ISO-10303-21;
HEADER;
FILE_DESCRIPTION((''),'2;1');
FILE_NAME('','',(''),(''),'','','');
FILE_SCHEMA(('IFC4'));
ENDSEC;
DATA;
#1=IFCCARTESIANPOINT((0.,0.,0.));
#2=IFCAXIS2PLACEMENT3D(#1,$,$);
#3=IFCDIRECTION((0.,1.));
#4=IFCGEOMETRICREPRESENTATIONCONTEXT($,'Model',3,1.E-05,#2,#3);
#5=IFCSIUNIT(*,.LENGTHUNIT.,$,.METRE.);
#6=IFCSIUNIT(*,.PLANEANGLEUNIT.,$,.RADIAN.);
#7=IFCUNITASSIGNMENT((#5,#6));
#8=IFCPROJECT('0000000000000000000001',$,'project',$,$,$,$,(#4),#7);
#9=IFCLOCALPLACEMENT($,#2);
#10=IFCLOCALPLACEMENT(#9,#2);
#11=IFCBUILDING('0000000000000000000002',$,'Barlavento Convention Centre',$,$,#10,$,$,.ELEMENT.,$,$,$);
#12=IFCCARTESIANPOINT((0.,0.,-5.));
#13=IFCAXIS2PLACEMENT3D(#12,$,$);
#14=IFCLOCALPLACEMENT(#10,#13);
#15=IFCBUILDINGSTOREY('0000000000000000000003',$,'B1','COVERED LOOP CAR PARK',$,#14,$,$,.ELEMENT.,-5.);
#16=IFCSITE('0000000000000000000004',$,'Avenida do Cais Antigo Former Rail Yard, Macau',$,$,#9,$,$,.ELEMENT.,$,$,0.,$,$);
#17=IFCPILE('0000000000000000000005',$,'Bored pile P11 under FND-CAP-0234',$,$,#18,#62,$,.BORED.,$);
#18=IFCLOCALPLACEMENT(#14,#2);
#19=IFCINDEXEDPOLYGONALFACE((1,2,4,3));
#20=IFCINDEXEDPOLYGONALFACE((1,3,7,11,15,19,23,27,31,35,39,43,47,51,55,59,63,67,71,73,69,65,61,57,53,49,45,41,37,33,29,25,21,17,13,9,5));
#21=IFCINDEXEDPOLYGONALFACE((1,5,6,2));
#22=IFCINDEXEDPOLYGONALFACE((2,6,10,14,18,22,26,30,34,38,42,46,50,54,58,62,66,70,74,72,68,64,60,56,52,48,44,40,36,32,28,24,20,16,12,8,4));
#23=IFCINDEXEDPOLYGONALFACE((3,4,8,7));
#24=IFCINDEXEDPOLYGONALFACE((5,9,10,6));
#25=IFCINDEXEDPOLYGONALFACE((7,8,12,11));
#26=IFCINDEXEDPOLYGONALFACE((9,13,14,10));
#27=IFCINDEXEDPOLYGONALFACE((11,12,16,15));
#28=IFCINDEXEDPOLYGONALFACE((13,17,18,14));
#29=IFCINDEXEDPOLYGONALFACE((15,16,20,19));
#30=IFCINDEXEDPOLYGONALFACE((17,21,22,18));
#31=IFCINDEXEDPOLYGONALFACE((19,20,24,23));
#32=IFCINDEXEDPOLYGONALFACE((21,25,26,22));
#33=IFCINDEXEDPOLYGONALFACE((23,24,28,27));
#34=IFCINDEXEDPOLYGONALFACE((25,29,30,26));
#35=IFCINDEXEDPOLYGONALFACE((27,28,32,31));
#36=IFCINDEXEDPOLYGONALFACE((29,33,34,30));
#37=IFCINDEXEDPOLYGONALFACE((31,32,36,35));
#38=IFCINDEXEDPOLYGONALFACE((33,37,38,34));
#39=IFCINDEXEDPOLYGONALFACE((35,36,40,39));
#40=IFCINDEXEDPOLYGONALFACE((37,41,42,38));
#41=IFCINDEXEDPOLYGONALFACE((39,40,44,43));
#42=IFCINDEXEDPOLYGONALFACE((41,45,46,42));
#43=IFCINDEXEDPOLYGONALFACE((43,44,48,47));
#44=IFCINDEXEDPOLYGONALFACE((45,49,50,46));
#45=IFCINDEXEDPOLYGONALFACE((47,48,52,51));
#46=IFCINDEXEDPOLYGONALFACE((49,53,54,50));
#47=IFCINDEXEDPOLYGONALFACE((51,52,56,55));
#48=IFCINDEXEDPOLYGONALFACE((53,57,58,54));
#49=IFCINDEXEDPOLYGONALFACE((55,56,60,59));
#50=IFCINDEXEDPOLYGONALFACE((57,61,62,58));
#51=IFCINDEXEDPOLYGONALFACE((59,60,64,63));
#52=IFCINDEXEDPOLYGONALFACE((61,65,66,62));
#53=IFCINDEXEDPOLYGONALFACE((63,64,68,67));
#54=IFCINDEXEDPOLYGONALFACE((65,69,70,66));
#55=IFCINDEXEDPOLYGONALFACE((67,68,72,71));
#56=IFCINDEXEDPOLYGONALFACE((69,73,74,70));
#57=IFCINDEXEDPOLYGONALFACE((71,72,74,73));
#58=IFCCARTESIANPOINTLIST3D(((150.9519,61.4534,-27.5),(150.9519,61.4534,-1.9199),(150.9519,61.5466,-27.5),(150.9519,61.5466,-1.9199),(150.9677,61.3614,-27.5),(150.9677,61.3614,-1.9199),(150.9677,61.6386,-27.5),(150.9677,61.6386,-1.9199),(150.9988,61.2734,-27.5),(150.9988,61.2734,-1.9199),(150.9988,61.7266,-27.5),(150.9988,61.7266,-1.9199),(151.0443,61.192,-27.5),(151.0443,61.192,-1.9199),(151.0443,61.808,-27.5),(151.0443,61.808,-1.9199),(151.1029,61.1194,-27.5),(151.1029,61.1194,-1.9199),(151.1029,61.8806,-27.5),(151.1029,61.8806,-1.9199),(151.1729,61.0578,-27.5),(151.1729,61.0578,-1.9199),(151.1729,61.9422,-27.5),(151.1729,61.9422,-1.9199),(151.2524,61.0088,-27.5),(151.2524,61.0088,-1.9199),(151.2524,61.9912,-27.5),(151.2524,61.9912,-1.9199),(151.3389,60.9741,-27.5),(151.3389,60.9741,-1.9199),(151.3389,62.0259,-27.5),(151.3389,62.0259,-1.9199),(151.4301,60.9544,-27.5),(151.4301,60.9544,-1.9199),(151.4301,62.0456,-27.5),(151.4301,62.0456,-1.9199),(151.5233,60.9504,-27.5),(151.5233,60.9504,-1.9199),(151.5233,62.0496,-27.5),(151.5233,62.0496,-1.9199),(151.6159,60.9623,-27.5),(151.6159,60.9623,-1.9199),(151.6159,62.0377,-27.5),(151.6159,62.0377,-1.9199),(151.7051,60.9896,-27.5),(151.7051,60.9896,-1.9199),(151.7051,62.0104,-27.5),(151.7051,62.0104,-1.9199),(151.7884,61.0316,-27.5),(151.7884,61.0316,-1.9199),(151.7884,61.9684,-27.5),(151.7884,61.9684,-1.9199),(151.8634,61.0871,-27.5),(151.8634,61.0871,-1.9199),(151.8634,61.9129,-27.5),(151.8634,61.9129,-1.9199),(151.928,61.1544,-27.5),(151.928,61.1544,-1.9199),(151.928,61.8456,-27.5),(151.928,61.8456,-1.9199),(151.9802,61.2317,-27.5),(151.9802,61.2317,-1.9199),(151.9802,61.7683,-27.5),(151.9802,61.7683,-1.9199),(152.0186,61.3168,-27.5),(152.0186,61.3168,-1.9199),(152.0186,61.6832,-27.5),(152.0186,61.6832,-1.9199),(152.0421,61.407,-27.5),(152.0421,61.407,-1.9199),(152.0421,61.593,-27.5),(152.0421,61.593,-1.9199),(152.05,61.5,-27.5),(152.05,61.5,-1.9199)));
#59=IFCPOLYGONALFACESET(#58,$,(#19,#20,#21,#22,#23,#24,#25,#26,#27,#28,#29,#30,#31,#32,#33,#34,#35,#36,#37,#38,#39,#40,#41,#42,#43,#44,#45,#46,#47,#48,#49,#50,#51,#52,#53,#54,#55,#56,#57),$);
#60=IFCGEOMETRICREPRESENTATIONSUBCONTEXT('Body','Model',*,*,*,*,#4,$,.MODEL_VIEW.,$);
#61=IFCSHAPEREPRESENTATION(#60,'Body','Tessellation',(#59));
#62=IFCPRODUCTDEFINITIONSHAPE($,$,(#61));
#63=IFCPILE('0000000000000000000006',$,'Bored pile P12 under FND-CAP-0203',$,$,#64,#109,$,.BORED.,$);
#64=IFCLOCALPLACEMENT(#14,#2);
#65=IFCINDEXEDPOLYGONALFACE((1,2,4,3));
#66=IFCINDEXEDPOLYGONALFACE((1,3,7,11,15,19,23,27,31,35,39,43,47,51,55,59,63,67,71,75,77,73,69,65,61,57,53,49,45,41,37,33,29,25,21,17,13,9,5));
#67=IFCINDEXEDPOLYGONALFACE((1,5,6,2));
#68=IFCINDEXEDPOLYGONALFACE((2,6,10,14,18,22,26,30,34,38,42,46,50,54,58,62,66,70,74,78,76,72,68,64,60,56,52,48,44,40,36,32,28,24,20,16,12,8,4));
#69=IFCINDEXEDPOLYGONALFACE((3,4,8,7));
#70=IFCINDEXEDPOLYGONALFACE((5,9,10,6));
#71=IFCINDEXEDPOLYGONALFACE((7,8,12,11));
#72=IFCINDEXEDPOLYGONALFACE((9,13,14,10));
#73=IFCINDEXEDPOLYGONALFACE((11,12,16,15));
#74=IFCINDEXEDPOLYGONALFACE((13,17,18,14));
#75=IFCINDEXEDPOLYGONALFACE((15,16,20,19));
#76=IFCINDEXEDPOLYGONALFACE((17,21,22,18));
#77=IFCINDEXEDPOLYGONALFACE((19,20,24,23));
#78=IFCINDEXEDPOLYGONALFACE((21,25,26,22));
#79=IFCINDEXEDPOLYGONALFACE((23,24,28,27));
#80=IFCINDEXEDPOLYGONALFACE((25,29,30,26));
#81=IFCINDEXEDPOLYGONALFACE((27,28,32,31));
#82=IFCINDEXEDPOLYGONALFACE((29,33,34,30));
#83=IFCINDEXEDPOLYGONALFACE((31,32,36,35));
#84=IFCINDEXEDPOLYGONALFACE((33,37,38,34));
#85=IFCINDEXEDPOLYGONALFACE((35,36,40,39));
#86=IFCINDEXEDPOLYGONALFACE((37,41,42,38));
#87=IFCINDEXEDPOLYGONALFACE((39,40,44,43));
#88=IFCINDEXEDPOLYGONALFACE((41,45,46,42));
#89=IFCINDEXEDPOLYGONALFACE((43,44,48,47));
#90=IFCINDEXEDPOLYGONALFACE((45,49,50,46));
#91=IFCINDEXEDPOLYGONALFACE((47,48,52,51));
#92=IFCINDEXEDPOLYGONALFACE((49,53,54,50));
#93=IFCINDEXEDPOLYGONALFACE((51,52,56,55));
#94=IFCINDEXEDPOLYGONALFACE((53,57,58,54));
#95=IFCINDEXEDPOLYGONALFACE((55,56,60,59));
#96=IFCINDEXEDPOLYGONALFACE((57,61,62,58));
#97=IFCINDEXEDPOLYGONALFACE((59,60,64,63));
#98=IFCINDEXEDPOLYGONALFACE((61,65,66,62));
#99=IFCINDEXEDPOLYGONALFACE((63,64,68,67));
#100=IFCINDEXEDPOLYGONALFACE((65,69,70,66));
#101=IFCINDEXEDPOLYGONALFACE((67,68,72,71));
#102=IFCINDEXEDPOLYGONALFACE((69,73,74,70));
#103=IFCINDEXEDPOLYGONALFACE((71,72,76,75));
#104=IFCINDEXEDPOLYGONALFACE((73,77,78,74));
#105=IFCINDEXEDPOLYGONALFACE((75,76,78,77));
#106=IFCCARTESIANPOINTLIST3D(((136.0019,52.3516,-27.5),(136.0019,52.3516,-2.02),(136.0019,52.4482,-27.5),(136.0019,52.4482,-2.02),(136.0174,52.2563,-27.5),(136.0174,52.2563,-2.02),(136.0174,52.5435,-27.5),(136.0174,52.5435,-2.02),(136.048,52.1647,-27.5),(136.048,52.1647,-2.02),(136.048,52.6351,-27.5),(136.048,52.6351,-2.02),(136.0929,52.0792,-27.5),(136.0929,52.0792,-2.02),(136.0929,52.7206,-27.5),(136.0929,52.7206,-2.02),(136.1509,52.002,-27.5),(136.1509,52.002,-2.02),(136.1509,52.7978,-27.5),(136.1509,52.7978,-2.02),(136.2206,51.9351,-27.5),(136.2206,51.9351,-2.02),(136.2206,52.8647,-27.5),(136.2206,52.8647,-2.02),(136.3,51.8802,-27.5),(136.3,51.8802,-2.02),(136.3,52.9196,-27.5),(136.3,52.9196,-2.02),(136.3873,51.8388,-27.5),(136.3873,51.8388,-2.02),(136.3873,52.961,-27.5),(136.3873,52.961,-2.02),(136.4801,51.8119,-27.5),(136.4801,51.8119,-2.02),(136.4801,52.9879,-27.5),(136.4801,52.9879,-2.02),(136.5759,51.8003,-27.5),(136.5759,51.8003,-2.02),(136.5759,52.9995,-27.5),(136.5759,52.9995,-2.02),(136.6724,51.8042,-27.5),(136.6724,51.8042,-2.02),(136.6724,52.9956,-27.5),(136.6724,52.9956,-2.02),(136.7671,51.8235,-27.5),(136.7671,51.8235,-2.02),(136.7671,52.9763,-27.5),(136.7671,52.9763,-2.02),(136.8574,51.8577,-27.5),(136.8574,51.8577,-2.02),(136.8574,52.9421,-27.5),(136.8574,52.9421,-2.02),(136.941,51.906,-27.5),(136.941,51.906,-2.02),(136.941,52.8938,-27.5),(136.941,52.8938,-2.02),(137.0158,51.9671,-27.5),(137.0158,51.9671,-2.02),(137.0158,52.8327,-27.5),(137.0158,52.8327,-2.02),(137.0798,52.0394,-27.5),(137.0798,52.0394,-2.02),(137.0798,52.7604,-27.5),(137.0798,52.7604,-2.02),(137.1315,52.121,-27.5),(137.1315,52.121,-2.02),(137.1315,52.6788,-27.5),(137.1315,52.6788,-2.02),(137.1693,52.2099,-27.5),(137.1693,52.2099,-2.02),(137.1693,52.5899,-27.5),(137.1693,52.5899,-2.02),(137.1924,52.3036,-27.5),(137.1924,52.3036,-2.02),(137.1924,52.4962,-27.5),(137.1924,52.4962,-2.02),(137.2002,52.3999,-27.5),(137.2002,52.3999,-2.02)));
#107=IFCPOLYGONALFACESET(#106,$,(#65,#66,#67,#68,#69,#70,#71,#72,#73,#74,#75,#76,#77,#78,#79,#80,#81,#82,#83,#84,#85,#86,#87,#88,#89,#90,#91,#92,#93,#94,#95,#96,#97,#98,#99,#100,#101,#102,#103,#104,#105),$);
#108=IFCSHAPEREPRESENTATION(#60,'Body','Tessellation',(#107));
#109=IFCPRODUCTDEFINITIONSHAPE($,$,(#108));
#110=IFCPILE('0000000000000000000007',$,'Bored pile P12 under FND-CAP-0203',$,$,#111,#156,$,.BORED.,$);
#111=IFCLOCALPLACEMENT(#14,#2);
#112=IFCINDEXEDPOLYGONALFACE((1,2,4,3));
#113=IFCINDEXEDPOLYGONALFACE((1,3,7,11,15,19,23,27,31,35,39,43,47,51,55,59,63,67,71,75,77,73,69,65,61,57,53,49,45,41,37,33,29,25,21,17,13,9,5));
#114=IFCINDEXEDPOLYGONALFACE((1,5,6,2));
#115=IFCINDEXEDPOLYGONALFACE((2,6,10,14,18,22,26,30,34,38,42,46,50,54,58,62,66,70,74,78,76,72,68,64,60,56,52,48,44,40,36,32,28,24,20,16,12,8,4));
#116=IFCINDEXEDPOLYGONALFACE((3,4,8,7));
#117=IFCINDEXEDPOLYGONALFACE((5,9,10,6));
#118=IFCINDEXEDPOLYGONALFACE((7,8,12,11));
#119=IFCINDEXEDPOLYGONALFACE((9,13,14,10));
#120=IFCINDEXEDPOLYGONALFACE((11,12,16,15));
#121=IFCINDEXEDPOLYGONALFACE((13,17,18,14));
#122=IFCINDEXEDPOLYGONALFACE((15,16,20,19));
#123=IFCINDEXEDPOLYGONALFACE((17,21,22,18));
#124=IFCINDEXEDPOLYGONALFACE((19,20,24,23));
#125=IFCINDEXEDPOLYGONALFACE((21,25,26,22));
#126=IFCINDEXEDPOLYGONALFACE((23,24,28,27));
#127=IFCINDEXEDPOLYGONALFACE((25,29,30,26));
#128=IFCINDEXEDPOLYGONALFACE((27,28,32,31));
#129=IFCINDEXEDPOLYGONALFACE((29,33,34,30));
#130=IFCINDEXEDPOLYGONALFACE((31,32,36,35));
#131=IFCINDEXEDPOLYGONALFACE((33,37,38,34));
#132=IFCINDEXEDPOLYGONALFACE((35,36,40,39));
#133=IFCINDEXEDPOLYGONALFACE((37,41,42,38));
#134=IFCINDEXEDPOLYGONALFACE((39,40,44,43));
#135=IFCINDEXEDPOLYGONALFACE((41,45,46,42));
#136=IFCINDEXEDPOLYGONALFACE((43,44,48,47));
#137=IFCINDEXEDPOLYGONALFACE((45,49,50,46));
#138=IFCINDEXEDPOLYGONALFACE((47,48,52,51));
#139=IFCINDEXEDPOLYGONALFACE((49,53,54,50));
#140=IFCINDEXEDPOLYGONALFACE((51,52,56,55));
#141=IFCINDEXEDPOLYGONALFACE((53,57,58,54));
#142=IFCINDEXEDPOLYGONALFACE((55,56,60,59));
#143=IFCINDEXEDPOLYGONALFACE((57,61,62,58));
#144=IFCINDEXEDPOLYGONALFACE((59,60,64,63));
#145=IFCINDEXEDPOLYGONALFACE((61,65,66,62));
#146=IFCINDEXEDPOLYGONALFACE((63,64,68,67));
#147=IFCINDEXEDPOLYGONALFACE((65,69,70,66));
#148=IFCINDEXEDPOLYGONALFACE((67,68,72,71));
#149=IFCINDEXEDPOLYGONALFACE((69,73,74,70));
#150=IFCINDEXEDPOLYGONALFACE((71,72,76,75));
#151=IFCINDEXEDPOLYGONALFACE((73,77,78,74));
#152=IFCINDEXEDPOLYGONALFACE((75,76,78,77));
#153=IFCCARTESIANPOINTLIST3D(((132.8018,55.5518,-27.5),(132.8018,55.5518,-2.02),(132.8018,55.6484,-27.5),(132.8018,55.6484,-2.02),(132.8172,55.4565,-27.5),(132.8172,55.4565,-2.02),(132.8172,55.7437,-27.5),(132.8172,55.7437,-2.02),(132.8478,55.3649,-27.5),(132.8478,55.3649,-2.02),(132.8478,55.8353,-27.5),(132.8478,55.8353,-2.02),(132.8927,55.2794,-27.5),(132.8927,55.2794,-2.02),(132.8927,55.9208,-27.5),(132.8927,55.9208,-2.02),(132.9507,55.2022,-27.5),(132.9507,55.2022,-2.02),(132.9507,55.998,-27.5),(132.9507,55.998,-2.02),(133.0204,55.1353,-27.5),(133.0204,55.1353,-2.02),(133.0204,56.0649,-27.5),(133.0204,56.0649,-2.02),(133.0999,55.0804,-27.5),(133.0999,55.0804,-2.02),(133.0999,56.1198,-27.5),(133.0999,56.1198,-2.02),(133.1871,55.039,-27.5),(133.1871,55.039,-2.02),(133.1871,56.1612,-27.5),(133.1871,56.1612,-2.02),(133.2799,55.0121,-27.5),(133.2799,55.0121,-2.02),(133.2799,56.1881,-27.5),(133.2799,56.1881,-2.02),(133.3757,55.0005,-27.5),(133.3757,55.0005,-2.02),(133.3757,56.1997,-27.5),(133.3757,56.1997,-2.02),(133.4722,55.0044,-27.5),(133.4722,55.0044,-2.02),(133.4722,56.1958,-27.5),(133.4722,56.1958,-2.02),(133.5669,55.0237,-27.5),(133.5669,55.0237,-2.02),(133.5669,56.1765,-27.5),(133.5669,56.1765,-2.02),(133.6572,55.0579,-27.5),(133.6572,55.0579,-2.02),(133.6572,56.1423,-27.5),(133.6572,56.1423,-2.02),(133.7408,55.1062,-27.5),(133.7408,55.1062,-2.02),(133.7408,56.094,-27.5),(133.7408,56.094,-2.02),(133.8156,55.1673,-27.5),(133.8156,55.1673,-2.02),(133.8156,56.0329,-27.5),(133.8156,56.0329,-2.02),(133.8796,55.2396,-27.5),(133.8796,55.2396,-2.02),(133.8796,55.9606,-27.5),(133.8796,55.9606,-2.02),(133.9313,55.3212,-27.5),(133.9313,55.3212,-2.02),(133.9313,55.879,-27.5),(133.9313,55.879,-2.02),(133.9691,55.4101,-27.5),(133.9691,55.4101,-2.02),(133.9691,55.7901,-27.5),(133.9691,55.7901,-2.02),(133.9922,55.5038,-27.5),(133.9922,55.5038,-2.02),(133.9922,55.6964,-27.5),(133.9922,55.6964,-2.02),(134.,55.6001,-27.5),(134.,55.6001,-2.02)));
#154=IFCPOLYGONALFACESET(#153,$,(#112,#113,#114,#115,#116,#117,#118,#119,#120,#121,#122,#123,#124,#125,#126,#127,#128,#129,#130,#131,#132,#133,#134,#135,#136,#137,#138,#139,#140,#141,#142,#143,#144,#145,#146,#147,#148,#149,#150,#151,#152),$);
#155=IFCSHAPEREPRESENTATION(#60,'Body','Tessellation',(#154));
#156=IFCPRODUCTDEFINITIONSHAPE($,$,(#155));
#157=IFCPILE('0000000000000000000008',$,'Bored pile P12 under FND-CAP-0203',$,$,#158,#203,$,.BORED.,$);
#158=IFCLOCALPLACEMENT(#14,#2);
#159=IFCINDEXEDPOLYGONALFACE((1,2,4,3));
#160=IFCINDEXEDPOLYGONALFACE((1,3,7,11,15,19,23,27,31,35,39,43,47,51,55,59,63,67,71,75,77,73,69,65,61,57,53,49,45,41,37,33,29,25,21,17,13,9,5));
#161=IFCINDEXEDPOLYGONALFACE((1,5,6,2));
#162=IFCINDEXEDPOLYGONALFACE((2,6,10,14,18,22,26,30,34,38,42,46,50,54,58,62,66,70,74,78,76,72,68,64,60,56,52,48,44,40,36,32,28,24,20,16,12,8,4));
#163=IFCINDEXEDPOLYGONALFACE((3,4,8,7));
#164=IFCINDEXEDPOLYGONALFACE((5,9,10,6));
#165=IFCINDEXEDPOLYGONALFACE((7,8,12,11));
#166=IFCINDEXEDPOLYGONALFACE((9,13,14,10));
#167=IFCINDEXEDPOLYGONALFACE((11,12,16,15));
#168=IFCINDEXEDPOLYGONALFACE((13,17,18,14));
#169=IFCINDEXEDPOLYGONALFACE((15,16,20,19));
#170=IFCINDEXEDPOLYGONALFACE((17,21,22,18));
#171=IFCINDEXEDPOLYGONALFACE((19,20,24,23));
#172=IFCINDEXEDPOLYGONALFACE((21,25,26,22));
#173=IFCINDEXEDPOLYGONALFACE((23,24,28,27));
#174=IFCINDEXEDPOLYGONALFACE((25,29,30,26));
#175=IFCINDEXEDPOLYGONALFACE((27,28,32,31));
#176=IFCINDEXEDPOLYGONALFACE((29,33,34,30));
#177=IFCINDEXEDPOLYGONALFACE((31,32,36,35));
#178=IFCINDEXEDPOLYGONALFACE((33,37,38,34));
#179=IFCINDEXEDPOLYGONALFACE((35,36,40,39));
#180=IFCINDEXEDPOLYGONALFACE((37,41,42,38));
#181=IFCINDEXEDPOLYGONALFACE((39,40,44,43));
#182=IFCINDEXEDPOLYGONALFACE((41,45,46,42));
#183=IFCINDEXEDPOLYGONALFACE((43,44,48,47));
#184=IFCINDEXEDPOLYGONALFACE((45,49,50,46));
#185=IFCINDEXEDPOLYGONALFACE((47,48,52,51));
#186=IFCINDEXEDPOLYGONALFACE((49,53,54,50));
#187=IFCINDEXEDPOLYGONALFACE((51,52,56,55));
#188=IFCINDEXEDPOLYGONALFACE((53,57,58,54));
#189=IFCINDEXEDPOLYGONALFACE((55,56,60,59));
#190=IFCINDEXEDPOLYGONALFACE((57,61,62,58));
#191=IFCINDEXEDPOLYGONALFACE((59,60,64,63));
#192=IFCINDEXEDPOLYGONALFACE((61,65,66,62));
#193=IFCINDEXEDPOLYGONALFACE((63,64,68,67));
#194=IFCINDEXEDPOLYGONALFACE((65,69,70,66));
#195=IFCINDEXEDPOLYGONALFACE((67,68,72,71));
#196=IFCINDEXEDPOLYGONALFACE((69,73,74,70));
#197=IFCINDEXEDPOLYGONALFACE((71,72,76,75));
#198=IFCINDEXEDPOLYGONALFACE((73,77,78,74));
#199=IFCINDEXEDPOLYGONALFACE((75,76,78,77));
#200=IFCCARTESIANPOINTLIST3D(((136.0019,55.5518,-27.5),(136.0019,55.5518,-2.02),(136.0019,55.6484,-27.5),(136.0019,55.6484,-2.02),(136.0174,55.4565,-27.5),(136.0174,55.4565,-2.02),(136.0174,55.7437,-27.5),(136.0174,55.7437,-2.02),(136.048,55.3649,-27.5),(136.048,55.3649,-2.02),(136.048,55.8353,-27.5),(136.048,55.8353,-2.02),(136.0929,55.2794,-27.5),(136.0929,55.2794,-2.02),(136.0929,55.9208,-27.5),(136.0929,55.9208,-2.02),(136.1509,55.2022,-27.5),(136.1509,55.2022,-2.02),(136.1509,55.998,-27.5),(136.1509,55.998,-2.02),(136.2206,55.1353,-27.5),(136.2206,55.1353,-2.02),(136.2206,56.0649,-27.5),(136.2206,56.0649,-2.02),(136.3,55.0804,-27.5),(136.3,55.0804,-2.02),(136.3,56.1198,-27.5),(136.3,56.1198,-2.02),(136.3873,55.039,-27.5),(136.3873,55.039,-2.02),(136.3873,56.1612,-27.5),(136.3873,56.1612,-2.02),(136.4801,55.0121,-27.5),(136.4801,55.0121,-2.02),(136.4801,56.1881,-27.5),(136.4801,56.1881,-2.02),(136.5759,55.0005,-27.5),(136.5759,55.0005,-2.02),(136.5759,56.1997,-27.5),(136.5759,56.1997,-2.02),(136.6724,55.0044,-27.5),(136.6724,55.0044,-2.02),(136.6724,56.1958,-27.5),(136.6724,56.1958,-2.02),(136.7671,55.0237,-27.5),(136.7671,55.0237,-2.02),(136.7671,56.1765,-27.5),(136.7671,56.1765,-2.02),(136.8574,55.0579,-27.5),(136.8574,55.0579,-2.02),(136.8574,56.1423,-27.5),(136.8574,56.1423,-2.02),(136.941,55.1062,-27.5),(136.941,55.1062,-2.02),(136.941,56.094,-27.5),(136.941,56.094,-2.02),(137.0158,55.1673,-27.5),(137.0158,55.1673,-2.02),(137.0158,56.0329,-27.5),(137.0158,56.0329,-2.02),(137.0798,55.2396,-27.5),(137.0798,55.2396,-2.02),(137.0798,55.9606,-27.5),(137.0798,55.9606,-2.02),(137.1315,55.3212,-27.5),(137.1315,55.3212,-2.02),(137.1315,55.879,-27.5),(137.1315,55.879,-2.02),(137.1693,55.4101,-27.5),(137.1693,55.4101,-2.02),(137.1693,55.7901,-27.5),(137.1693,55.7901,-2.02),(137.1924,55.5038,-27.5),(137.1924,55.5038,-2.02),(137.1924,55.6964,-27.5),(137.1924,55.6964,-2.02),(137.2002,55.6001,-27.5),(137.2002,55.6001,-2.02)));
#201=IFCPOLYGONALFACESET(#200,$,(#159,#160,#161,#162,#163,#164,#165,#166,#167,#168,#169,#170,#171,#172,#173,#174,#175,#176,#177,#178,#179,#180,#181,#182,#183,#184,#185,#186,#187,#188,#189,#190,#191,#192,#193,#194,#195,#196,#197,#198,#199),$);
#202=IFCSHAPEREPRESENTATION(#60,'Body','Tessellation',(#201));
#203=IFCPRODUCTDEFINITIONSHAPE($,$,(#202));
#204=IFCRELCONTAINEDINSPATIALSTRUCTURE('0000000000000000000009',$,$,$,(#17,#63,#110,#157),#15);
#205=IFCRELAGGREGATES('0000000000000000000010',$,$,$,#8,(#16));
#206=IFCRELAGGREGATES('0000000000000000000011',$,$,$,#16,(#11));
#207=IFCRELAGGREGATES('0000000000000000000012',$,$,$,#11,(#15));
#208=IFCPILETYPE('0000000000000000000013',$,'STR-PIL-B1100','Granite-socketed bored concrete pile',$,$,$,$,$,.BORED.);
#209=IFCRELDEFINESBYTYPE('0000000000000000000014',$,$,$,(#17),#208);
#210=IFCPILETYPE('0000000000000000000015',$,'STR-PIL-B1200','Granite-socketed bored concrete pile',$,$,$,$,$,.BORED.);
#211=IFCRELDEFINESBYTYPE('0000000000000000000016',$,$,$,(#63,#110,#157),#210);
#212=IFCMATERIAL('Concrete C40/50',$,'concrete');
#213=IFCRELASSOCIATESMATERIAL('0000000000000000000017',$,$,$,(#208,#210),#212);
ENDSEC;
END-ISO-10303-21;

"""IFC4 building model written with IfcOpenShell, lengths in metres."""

from ifc_helpers import new_model, si_unit, direction, frame, origin, origin_2d, place, context, subcontext, project, spatial, circle, extrude, material, material_profile, profile_set, type_object, element, save


model = new_model("IFC4")

# Units and contexts
model_context = context("Model", 3, precision=1e-05, world=origin(), true_north=direction((0.0, 1.0)))
body_context = subcontext(model_context, "Body", "Model", "MODEL_VIEW")
ifc_project = project(units=[si_unit("LENGTHUNIT", "METRE"), si_unit("PLANEANGLEUNIT", "RADIAN")], contexts=[model_context])

# Site, building, storey
site_placement = place(None, origin())
site = spatial("IfcSite", under=ifc_project, at=site_placement, Name="Avenida do Cais Antigo Former Rail Yard, Macau", CompositionType="ELEMENT", RefElevation=0.0)
building_placement = place(site_placement, origin())
building = spatial("IfcBuilding", under=site, at=building_placement, Name="Barlavento Convention Centre", CompositionType="ELEMENT")
storey_placement = place(building_placement, frame((0.0, 0.0, -5.0)))
storey = spatial("IfcBuildingStorey", under=building, at=storey_placement, Name="B1", Description="COVERED LOOP CAR PARK", CompositionType="ELEMENT", Elevation=-5.0)

# Shared definitions
ifc_material_1 = material(Name="Concrete C40/50", Category="concrete")

# Piles
ifc_material_profile_1 = material_profile(ifc_material_1, circle(Radius=0.55, at=origin_2d()), Name="BORED PILE 1100")
ifc_profile_set_1 = profile_set([ifc_material_profile_1], Name="Concrete C40/50")
pile_type_1 = type_object("IfcPileType", Name="STR-PIL-B1100", Description="Granite-socketed bored concrete pile", PredefinedType="BORED", material=ifc_profile_set_1)
for number, where, z_axis, x_axis, name in (
    (1, (151.5, 61.5, -1.9199), (0.0, 0.0, -1.0), (1.0, 0.0, 0.0), "Bored pile P11 under FND-CAP-0234"),
):
    element("IfcPile", number, at=place(storey_placement, frame(where, z_axis=z_axis, x_axis=x_axis)), inside=storey, type_object=pile_type_1, Name=name, PredefinedType="BORED", context=body_context, shape_type="SweptSolid", body=[
        extrude(circle(Radius=0.55, at=origin_2d()), origin(), (0.0, 0.0, 1.0), 25.5801),
    ])
ifc_material_profile_2 = material_profile(ifc_material_1, circle(Radius=0.6001, at=origin_2d()), Name="BORED PILE 1200")
ifc_profile_set_2 = profile_set([ifc_material_profile_2], Name="Concrete C40/50")
pile_type_2 = type_object("IfcPileType", Name="STR-PIL-B1200", Description="Granite-socketed bored concrete pile", PredefinedType="BORED", material=ifc_profile_set_2)
for number, where, z_axis, x_axis, name in (
    (2, (136.6001, 52.3999, -2.02), (0.0, 0.0, -1.0), (1.0, 0.0, 0.0), "Bored pile P12 under FND-CAP-0203"),
    (3, (133.3999, 55.6001, -2.02), (0.0, 0.0, -1.0), (1.0, 0.0, 0.0), "Bored pile P12 under FND-CAP-0203"),
    (4, (136.6001, 55.6001, -2.02), (0.0, 0.0, -1.0), (1.0, 0.0, 0.0), "Bored pile P12 under FND-CAP-0203"),
):
    element("IfcPile", number, at=place(storey_placement, frame(where, z_axis=z_axis, x_axis=x_axis)), inside=storey, type_object=pile_type_2, Name=name, PredefinedType="BORED", context=body_context, shape_type="SweptSolid", body=[
        extrude(circle(Radius=0.6001, at=origin_2d()), origin(), (0.0, 0.0, 1.0), 25.48),
    ])

save(model, "model.ifc")
